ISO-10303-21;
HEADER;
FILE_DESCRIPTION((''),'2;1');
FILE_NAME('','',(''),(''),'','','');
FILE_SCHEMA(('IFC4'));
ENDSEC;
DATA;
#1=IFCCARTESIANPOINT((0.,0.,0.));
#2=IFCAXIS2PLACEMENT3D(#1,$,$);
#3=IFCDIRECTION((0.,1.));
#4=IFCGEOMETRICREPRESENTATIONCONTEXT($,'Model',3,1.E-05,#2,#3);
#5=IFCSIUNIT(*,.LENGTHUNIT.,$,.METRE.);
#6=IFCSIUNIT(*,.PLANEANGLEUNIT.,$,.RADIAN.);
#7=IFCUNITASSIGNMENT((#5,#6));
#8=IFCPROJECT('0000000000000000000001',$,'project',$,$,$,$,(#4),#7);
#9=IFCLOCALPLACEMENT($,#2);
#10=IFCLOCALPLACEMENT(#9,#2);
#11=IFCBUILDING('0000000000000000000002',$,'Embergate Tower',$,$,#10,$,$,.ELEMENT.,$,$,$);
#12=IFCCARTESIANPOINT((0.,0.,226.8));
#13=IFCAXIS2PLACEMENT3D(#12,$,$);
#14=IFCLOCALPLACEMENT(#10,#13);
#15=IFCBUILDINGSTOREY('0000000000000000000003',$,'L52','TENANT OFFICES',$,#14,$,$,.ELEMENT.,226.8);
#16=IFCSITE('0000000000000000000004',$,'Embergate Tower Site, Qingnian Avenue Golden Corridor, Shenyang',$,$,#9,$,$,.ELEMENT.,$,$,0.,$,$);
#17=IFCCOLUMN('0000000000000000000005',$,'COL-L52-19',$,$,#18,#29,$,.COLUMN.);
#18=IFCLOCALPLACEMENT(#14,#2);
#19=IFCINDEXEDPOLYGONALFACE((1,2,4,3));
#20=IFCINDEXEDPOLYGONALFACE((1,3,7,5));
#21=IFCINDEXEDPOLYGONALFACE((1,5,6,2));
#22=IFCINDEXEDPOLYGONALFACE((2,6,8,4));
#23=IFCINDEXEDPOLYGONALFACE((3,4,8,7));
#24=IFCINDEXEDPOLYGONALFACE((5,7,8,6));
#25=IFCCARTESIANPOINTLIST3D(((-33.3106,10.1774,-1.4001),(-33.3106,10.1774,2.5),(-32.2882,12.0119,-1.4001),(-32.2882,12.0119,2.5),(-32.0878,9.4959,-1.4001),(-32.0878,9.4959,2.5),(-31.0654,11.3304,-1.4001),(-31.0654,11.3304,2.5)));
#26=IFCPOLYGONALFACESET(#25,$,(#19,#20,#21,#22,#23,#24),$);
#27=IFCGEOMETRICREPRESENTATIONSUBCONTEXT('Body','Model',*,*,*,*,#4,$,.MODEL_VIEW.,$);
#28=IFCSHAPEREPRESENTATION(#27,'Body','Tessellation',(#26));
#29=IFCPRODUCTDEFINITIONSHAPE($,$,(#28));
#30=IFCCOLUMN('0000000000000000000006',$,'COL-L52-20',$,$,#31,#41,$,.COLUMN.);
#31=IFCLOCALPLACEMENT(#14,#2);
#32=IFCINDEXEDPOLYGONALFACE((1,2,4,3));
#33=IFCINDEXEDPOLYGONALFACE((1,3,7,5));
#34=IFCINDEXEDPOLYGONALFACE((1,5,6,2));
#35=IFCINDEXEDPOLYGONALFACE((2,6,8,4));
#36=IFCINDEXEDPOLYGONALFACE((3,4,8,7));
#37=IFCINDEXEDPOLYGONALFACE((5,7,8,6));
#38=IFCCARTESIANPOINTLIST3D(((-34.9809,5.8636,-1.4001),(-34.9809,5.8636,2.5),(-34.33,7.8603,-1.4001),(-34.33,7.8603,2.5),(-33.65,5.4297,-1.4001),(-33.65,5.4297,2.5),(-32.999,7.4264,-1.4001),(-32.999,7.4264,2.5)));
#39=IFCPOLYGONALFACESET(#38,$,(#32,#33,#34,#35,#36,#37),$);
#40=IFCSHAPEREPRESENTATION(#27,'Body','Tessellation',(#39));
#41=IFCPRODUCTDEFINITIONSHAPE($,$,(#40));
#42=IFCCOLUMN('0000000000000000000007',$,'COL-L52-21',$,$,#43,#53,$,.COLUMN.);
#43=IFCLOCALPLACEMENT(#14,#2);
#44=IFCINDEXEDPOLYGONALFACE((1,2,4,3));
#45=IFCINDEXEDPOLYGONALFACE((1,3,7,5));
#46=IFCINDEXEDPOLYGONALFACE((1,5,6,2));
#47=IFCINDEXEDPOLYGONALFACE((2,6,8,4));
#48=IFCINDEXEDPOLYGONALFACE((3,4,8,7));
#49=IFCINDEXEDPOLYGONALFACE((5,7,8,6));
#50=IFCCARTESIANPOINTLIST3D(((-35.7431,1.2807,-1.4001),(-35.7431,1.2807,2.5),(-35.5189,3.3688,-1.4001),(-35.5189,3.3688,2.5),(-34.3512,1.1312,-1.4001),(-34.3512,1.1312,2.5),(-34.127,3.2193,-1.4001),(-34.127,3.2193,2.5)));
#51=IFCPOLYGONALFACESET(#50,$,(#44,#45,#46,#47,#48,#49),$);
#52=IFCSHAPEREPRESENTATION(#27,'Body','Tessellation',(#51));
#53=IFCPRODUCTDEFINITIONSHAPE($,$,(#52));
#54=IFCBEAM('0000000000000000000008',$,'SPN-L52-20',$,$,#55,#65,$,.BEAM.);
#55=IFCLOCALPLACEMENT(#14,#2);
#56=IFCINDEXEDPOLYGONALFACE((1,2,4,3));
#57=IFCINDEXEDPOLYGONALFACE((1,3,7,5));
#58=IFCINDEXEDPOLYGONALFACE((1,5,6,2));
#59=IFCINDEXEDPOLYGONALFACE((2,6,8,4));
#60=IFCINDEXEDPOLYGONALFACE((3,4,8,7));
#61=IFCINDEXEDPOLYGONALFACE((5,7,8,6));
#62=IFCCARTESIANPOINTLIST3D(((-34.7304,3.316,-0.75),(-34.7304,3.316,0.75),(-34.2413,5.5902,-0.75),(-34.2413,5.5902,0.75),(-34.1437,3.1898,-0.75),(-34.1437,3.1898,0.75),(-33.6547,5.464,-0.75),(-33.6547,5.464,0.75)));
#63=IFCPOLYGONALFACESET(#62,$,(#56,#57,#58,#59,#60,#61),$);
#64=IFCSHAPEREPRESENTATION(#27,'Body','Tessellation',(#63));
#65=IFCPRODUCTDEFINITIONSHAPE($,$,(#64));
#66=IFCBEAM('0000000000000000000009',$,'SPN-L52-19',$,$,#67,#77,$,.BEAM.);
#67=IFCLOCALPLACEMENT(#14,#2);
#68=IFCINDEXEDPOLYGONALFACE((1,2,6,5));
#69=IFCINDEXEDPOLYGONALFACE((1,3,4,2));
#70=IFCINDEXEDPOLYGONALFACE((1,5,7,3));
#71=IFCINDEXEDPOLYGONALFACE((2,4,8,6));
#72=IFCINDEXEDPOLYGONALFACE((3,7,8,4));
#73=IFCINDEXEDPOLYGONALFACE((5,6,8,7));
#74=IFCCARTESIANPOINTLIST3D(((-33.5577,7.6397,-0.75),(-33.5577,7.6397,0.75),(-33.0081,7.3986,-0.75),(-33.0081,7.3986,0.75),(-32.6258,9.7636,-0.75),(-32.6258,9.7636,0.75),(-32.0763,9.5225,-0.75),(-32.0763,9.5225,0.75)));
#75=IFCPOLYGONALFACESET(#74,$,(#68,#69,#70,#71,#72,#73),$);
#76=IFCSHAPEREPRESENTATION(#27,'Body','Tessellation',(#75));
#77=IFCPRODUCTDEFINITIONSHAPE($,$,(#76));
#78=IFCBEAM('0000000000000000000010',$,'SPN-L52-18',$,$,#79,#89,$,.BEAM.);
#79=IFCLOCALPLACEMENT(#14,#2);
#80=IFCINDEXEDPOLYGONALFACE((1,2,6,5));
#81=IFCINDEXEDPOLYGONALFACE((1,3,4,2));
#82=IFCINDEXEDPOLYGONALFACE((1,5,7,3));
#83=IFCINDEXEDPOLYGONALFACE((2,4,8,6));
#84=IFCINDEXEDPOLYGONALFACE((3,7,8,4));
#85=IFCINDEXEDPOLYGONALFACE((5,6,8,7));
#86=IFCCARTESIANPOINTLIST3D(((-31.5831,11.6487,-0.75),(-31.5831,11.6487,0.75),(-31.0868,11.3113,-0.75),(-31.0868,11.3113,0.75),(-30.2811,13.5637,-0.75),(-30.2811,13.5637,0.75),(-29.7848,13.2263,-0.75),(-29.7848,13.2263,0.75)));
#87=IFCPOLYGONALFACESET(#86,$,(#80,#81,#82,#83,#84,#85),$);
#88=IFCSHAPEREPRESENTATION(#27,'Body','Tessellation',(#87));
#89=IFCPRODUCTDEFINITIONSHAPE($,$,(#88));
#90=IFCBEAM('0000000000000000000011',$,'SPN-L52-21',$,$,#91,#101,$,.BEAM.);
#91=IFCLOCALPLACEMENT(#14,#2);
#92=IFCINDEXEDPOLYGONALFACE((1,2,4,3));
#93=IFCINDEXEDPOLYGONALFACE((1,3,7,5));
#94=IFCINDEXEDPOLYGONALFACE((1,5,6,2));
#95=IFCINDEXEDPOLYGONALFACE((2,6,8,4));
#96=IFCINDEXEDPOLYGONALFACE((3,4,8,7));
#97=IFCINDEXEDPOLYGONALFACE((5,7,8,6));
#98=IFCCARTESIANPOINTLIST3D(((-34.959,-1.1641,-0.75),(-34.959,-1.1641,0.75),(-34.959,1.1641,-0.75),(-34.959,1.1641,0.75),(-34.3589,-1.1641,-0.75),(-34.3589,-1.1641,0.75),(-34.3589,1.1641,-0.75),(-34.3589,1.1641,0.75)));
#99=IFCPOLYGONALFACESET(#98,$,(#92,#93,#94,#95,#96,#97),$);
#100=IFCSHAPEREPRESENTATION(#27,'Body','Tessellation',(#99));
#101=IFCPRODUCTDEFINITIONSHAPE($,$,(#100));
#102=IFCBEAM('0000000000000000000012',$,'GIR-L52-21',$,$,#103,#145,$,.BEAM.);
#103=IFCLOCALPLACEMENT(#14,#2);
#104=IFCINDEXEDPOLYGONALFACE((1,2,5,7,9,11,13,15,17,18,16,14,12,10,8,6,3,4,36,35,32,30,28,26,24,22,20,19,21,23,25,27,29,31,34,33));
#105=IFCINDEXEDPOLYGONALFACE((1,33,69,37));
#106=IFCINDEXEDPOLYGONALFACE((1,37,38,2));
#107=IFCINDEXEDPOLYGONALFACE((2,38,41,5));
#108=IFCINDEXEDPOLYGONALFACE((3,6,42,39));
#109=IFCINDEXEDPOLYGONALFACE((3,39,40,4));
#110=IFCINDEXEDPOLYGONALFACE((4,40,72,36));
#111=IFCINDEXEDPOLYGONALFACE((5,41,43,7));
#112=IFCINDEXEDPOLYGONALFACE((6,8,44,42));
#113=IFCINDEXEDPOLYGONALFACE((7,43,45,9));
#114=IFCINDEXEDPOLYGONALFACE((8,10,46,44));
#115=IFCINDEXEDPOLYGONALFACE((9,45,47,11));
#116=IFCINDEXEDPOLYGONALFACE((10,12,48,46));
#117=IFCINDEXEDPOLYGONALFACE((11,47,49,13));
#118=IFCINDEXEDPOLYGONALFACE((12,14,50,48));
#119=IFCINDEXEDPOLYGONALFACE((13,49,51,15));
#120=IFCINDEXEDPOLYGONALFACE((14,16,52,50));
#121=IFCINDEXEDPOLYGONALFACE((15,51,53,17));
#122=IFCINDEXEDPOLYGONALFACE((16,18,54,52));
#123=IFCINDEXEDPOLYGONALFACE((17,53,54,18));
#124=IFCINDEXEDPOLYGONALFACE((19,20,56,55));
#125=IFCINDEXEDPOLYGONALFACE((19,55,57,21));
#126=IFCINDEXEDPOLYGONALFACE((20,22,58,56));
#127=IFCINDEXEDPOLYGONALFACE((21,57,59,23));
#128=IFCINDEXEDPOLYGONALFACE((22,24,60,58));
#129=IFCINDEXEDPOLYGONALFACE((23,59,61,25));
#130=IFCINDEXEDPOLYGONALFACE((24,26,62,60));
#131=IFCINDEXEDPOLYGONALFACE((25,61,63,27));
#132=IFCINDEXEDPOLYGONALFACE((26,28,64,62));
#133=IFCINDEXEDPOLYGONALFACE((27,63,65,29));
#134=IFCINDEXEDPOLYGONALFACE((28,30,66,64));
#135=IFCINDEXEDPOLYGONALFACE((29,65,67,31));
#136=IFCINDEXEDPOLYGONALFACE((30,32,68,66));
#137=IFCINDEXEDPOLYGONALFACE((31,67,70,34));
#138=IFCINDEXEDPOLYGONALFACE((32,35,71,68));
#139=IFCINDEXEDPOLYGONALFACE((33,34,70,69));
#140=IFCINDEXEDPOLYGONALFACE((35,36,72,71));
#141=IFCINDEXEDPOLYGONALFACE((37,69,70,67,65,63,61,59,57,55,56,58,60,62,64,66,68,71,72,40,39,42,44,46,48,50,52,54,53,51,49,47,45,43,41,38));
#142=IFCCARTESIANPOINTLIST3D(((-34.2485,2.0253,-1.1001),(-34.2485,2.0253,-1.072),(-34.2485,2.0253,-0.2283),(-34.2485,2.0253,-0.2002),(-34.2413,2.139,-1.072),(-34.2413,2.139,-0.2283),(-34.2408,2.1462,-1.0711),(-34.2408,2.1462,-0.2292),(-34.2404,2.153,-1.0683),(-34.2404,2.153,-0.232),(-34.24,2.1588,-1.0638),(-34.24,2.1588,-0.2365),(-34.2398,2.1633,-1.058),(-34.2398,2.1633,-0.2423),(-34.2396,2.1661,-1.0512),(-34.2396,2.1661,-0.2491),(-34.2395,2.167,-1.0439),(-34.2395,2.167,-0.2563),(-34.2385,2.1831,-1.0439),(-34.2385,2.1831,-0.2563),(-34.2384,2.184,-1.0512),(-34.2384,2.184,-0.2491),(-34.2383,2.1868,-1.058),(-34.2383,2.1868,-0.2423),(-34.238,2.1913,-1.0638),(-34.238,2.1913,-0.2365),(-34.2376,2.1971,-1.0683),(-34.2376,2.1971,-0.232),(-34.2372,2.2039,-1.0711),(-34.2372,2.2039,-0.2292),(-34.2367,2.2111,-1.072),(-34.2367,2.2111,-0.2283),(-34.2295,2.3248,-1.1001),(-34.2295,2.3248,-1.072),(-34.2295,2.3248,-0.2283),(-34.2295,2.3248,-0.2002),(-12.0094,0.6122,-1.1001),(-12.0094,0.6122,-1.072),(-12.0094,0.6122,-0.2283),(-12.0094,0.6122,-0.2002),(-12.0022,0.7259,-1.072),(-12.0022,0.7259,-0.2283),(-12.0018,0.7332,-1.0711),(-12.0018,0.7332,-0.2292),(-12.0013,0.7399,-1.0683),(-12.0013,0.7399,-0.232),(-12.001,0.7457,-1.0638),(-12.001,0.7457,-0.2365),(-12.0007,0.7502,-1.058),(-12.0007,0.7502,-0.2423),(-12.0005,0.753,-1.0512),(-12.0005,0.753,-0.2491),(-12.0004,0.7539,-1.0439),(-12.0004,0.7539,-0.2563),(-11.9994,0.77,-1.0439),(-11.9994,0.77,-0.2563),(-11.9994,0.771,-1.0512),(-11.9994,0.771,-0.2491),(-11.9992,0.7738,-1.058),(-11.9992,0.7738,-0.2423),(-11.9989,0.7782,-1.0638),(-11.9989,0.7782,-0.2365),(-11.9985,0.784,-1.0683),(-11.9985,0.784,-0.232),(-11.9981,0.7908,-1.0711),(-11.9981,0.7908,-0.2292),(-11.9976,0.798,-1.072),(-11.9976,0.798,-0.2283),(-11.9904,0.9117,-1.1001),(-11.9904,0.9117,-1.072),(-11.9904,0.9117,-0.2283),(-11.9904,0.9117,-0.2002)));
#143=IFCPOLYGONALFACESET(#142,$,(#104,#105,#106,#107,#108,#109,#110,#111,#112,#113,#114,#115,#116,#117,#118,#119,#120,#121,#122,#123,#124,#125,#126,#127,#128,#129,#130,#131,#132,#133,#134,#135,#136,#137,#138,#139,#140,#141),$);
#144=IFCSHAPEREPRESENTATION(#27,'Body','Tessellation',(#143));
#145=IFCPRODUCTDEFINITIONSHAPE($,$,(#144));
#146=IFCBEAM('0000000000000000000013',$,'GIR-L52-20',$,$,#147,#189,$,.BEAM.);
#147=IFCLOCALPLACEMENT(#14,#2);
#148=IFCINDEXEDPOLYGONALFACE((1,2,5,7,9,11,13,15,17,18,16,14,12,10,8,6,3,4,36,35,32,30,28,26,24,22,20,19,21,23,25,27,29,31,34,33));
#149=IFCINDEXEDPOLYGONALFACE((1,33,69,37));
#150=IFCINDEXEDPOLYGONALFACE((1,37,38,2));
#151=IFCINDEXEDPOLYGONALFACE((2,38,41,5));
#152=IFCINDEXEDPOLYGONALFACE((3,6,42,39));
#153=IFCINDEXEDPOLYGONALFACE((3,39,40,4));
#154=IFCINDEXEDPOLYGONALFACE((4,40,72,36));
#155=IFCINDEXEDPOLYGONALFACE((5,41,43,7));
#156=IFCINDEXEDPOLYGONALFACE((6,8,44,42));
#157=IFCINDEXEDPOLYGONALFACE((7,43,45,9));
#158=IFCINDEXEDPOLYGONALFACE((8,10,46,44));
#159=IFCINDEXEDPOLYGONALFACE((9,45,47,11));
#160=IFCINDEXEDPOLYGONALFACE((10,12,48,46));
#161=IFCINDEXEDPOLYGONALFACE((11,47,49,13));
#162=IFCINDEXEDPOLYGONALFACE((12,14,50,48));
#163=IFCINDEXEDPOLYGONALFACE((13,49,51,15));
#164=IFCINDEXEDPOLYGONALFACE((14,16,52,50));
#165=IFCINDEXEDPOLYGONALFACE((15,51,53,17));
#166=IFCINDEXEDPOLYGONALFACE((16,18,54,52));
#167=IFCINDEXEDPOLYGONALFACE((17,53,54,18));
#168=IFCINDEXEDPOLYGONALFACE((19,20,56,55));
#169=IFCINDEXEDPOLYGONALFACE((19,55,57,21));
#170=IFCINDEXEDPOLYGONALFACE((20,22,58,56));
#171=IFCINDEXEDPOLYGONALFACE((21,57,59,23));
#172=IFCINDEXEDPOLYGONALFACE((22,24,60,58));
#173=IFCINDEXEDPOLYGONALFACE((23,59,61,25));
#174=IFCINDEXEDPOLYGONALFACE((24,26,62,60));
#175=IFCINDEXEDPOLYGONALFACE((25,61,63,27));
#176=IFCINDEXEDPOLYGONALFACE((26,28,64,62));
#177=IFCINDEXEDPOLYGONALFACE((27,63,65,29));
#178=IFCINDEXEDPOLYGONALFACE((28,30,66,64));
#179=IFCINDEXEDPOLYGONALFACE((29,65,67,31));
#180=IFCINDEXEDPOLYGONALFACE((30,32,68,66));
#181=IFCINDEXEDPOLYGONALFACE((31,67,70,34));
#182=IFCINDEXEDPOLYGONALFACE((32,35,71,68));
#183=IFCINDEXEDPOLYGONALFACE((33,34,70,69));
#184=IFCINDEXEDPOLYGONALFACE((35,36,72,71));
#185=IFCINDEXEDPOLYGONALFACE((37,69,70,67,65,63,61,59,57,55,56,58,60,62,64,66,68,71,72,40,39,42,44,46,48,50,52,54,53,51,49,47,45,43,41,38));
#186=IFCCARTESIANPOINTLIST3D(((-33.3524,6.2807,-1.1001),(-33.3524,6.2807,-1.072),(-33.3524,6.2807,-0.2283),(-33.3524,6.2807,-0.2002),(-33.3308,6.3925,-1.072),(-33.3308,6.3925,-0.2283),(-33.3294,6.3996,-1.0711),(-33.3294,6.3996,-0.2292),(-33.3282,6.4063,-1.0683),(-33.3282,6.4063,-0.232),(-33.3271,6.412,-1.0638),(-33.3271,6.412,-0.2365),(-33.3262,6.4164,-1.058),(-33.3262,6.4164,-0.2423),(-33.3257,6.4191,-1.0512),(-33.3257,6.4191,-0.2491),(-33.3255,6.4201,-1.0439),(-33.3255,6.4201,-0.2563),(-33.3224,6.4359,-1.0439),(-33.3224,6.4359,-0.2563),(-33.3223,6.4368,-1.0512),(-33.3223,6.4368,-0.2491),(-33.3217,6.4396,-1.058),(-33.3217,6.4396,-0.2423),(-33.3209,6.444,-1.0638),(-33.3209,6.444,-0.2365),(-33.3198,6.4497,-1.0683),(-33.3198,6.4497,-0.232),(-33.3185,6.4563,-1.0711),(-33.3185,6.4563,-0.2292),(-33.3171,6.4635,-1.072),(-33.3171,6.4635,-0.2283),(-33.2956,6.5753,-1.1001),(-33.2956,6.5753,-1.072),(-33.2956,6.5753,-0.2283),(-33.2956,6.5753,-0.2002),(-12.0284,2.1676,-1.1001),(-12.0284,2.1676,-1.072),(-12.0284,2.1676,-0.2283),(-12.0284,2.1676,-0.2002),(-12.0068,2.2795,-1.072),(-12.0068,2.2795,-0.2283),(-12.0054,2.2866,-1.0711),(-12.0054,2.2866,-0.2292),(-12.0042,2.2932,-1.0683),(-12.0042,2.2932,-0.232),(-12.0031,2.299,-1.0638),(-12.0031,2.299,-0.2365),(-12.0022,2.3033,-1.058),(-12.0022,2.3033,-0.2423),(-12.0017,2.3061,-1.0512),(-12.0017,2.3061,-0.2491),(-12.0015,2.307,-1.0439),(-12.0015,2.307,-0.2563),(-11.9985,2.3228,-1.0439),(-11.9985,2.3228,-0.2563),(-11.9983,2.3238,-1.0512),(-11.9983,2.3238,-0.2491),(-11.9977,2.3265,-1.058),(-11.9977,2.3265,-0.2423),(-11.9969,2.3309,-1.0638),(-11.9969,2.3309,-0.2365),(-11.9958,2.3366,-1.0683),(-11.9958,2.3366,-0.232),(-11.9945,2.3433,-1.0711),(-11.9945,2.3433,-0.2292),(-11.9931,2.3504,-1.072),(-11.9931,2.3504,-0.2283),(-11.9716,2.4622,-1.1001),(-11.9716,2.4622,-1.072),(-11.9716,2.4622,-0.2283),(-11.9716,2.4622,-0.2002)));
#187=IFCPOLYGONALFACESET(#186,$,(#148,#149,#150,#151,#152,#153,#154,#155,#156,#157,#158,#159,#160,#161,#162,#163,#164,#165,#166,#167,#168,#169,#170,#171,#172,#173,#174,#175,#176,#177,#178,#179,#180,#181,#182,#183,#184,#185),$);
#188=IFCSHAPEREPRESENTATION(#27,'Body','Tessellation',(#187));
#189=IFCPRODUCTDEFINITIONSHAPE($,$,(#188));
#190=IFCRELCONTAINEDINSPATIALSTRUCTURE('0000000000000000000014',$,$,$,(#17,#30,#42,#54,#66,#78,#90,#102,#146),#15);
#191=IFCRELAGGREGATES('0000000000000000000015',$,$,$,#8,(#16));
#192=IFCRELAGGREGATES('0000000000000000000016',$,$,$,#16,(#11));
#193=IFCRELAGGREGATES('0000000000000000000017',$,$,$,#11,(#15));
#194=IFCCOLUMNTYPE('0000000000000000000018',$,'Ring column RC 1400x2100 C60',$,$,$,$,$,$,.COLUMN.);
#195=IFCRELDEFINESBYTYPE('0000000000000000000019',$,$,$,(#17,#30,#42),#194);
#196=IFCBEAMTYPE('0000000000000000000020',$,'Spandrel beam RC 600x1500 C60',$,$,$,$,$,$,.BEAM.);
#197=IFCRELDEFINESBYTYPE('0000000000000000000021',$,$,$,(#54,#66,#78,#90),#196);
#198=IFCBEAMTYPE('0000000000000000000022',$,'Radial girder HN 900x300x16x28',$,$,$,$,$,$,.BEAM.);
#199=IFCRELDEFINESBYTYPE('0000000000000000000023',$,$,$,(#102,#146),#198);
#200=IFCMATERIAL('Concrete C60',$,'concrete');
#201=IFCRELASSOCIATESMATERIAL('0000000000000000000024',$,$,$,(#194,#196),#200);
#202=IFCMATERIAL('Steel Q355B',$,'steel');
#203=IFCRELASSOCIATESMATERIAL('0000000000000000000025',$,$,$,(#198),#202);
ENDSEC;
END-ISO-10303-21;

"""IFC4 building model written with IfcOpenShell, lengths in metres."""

from ifc_helpers import new_model, si_unit, direction, frame, origin, origin_2d, place, context, subcontext, project, spatial, rectangle, i_section, extrude, source, transform, mapped, material, material_profile, profile_set, type_object, element, save


model = new_model("IFC4")

# Units and contexts
model_context = context("Model", 3, precision=1e-05, world=origin(), true_north=direction((0.0, 1.0)))
body_context = subcontext(model_context, "Body", "Model", "MODEL_VIEW")
ifc_project = project(units=[si_unit("LENGTHUNIT", "METRE"), si_unit("PLANEANGLEUNIT", "RADIAN")], contexts=[model_context])

# Site, building, storey
site_placement = place(None, origin())
site = spatial("IfcSite", under=ifc_project, at=site_placement, Name="Embergate Tower Site, Qingnian Avenue Golden Corridor, Shenyang", CompositionType="ELEMENT", RefElevation=0.0)
building_placement = place(site_placement, origin())
building = spatial("IfcBuilding", under=site, at=building_placement, Name="Embergate Tower", CompositionType="ELEMENT")
storey_placement = place(building_placement, frame((0.0, 0.0, 226.8)))
storey = spatial("IfcBuildingStorey", under=building, at=storey_placement, Name="L52", Description="TENANT OFFICES", CompositionType="ELEMENT", Elevation=226.8)

# Columns
ifc_material_1 = material(Name="Concrete C60", Category="concrete")
ifc_material_profile_1 = material_profile(ifc_material_1, rectangle(XDim=1.3999, YDim=2.1001, at=origin_2d()), Name="RC 1400x2100")
ifc_profile_set_1 = profile_set([ifc_material_profile_1], Name="Concrete C60")
column_type = type_object("IfcColumnType", Name="Ring column RC 1400x2100 C60", PredefinedType="COLUMN", material=ifc_profile_set_1)
shared_shape_1 = source(origin(), body_context, "Body", "SweptSolid", [
    extrude(rectangle(XDim=1.3999, YDim=2.1001, at=origin_2d()), origin(), (0.0, 0.0, 1.0), 3.9001),
])
for number, where, z_axis, x_axis, name in (
    (1, (-32.188, 10.7539, -1.4001), (0.0, 0.0, 1.0), (-0.8735, 0.486823, 0.0), "COL-L52-19"),
    (2, (-33.99, 6.645, -1.4001), (0.0, 0.0, 1.0), (-0.950754, 0.309946, 0.0), "COL-L52-20"),
    (3, (-34.9351, 2.25, -1.4001), (0.0, 0.0, 1.0), (-0.994286, 0.10675, 0.0), "COL-L52-21"),
):
    element("IfcColumn", number, at=place(storey_placement, frame(where, z_axis=z_axis, x_axis=x_axis)), inside=storey, type_object=column_type, Name=name, PredefinedType="COLUMN", context=body_context, shape_type="MappedRepresentation", body=[
        mapped(shared_shape_1, transform((0.0, 0.0, 0.0))),
    ])

# Beams
ifc_material_profile_2 = material_profile(ifc_material_1, rectangle(XDim=0.6001, YDim=1.5, at=origin_2d()), Name="RC 600x1500")
ifc_profile_set_2 = profile_set([ifc_material_profile_2], Name="Concrete C60")
beam_type_1 = type_object("IfcBeamType", Name="Spandrel beam RC 600x1500 C60", PredefinedType="BEAM", material=ifc_profile_set_2)
shared_shape_2 = source(origin(), body_context, "Body", "SweptSolid", [
    extrude(rectangle(XDim=0.6001, YDim=1.5, at=origin_2d()), origin(), (0.0, 0.0, 1.0), 2.3262),
])
beam_1_placement = place(storey_placement, frame((-33.948, 5.5271, 0.0), z_axis=(-0.210224, -0.977653, 0.0), x_axis=(0.977653, -0.210224, 0.0)))
element("IfcBeam", 4, at=beam_1_placement, inside=storey, type_object=beam_type_1, Name="SPN-L52-20", PredefinedType="BEAM", context=body_context, shape_type="MappedRepresentation", body=[
    mapped(shared_shape_2, transform((0.0, 0.0, 0.0))),
])
shared_shape_3 = source(origin(), body_context, "Body", "SweptSolid", [
    extrude(rectangle(XDim=0.6001, YDim=1.5, at=origin_2d()), origin(), (0.0, 0.0, 1.0), 2.3193),
])
beam_2_placement = place(storey_placement, frame((-32.3511, 9.6431, 0.0), z_axis=(-0.401768, -0.915741, 0.0), x_axis=(0.915741, -0.401768, 0.0)))
element("IfcBeam", 5, at=beam_2_placement, inside=storey, type_object=beam_type_1, Name="SPN-L52-19", PredefinedType="BEAM", context=body_context, shape_type="MappedRepresentation", body=[
    mapped(shared_shape_3, transform((0.0, 0.0, 0.0))),
])
shared_shape_4 = source(origin(), body_context, "Body", "SweptSolid", [
    extrude(rectangle(XDim=0.6001, YDim=1.5, at=origin_2d()), origin(), (0.0, 0.0, 1.0), 2.3157),
])
beam_3_placement = place(storey_placement, frame((-30.033, 13.395, 0.0), z_axis=(-0.562244, -0.826972, 0.0), x_axis=(0.826972, -0.562244, 0.0)))
element("IfcBeam", 6, at=beam_3_placement, inside=storey, type_object=beam_type_1, Name="SPN-L52-18", PredefinedType="BEAM", context=body_context, shape_type="MappedRepresentation", body=[
    mapped(shared_shape_4, transform((0.0, 0.0, 0.0))),
])
shared_shape_5 = source(origin(), body_context, "Body", "SweptSolid", [
    extrude(rectangle(XDim=0.6001, YDim=1.5, at=origin_2d()), origin(), (0.0, 0.0, 1.0), 2.3281),
])
beam_4_placement = place(storey_placement, frame((-34.6589, 1.1641, 0.0), z_axis=(0.0, -1.0, 0.0), x_axis=(1.0, 0.0, 0.0)))
element("IfcBeam", 7, at=beam_4_placement, inside=storey, type_object=beam_type_1, Name="SPN-L52-21", PredefinedType="BEAM", context=body_context, shape_type="MappedRepresentation", body=[
    mapped(shared_shape_5, transform((0.0, 0.0, 0.0))),
])
ifc_material_2 = material(Name="Steel Q355B", Category="steel")
ifc_material_profile_3 = material_profile(ifc_material_2, i_section(OverallWidth=0.3, OverallDepth=0.8999, WebThickness=0.0161, FlangeThickness=0.0281, FilletRadius=0.0281, at=origin_2d()), Name="HN 900x300x16x28")
ifc_profile_set_3 = profile_set([ifc_material_profile_3], Name="Steel Q355 grade B")
beam_type_2 = type_object("IfcBeamType", Name="Radial girder HN 900x300x16x28", PredefinedType="BEAM", material=ifc_profile_set_3)
shared_shape_6 = source(origin(), body_context, "Body", "SweptSolid", [
    extrude(i_section(OverallWidth=0.3, OverallDepth=0.8999, WebThickness=0.0161, FlangeThickness=0.0281, FilletRadius=0.0281, at=origin_2d()), origin(), (0.0, 0.0, 1.0), 22.2839),
])
beam_5_placement = place(storey_placement, frame((-34.239, 2.175, -0.6501), z_axis=(0.997987, -0.063413, 0.0), x_axis=(0.063413, 0.997987, 0.0)))
element("IfcBeam", 8, at=beam_5_placement, inside=storey, type_object=beam_type_2, Name="GIR-L52-21", PredefinedType="BEAM", context=body_context, shape_type="MappedRepresentation", body=[
    mapped(shared_shape_6, transform((0.0, 0.0, 0.0))),
])
shared_shape_7 = source(origin(), body_context, "Body", "SweptSolid", [
    extrude(i_section(OverallWidth=0.3, OverallDepth=0.8999, WebThickness=0.0161, FlangeThickness=0.0281, FilletRadius=0.0281, at=origin_2d()), origin(), (0.0, 0.0, 1.0), 21.717),
])
beam_6_placement = place(storey_placement, frame((-33.324, 6.428, -0.6501), z_axis=(0.981901, -0.189392, 0.0), x_axis=(0.189392, 0.981901, 0.0)))
element("IfcBeam", 9, at=beam_6_placement, inside=storey, type_object=beam_type_2, Name="GIR-L52-20", PredefinedType="BEAM", context=body_context, shape_type="MappedRepresentation", body=[
    mapped(shared_shape_7, transform((0.0, 0.0, 0.0))),
])

save(model, "model.ifc")
